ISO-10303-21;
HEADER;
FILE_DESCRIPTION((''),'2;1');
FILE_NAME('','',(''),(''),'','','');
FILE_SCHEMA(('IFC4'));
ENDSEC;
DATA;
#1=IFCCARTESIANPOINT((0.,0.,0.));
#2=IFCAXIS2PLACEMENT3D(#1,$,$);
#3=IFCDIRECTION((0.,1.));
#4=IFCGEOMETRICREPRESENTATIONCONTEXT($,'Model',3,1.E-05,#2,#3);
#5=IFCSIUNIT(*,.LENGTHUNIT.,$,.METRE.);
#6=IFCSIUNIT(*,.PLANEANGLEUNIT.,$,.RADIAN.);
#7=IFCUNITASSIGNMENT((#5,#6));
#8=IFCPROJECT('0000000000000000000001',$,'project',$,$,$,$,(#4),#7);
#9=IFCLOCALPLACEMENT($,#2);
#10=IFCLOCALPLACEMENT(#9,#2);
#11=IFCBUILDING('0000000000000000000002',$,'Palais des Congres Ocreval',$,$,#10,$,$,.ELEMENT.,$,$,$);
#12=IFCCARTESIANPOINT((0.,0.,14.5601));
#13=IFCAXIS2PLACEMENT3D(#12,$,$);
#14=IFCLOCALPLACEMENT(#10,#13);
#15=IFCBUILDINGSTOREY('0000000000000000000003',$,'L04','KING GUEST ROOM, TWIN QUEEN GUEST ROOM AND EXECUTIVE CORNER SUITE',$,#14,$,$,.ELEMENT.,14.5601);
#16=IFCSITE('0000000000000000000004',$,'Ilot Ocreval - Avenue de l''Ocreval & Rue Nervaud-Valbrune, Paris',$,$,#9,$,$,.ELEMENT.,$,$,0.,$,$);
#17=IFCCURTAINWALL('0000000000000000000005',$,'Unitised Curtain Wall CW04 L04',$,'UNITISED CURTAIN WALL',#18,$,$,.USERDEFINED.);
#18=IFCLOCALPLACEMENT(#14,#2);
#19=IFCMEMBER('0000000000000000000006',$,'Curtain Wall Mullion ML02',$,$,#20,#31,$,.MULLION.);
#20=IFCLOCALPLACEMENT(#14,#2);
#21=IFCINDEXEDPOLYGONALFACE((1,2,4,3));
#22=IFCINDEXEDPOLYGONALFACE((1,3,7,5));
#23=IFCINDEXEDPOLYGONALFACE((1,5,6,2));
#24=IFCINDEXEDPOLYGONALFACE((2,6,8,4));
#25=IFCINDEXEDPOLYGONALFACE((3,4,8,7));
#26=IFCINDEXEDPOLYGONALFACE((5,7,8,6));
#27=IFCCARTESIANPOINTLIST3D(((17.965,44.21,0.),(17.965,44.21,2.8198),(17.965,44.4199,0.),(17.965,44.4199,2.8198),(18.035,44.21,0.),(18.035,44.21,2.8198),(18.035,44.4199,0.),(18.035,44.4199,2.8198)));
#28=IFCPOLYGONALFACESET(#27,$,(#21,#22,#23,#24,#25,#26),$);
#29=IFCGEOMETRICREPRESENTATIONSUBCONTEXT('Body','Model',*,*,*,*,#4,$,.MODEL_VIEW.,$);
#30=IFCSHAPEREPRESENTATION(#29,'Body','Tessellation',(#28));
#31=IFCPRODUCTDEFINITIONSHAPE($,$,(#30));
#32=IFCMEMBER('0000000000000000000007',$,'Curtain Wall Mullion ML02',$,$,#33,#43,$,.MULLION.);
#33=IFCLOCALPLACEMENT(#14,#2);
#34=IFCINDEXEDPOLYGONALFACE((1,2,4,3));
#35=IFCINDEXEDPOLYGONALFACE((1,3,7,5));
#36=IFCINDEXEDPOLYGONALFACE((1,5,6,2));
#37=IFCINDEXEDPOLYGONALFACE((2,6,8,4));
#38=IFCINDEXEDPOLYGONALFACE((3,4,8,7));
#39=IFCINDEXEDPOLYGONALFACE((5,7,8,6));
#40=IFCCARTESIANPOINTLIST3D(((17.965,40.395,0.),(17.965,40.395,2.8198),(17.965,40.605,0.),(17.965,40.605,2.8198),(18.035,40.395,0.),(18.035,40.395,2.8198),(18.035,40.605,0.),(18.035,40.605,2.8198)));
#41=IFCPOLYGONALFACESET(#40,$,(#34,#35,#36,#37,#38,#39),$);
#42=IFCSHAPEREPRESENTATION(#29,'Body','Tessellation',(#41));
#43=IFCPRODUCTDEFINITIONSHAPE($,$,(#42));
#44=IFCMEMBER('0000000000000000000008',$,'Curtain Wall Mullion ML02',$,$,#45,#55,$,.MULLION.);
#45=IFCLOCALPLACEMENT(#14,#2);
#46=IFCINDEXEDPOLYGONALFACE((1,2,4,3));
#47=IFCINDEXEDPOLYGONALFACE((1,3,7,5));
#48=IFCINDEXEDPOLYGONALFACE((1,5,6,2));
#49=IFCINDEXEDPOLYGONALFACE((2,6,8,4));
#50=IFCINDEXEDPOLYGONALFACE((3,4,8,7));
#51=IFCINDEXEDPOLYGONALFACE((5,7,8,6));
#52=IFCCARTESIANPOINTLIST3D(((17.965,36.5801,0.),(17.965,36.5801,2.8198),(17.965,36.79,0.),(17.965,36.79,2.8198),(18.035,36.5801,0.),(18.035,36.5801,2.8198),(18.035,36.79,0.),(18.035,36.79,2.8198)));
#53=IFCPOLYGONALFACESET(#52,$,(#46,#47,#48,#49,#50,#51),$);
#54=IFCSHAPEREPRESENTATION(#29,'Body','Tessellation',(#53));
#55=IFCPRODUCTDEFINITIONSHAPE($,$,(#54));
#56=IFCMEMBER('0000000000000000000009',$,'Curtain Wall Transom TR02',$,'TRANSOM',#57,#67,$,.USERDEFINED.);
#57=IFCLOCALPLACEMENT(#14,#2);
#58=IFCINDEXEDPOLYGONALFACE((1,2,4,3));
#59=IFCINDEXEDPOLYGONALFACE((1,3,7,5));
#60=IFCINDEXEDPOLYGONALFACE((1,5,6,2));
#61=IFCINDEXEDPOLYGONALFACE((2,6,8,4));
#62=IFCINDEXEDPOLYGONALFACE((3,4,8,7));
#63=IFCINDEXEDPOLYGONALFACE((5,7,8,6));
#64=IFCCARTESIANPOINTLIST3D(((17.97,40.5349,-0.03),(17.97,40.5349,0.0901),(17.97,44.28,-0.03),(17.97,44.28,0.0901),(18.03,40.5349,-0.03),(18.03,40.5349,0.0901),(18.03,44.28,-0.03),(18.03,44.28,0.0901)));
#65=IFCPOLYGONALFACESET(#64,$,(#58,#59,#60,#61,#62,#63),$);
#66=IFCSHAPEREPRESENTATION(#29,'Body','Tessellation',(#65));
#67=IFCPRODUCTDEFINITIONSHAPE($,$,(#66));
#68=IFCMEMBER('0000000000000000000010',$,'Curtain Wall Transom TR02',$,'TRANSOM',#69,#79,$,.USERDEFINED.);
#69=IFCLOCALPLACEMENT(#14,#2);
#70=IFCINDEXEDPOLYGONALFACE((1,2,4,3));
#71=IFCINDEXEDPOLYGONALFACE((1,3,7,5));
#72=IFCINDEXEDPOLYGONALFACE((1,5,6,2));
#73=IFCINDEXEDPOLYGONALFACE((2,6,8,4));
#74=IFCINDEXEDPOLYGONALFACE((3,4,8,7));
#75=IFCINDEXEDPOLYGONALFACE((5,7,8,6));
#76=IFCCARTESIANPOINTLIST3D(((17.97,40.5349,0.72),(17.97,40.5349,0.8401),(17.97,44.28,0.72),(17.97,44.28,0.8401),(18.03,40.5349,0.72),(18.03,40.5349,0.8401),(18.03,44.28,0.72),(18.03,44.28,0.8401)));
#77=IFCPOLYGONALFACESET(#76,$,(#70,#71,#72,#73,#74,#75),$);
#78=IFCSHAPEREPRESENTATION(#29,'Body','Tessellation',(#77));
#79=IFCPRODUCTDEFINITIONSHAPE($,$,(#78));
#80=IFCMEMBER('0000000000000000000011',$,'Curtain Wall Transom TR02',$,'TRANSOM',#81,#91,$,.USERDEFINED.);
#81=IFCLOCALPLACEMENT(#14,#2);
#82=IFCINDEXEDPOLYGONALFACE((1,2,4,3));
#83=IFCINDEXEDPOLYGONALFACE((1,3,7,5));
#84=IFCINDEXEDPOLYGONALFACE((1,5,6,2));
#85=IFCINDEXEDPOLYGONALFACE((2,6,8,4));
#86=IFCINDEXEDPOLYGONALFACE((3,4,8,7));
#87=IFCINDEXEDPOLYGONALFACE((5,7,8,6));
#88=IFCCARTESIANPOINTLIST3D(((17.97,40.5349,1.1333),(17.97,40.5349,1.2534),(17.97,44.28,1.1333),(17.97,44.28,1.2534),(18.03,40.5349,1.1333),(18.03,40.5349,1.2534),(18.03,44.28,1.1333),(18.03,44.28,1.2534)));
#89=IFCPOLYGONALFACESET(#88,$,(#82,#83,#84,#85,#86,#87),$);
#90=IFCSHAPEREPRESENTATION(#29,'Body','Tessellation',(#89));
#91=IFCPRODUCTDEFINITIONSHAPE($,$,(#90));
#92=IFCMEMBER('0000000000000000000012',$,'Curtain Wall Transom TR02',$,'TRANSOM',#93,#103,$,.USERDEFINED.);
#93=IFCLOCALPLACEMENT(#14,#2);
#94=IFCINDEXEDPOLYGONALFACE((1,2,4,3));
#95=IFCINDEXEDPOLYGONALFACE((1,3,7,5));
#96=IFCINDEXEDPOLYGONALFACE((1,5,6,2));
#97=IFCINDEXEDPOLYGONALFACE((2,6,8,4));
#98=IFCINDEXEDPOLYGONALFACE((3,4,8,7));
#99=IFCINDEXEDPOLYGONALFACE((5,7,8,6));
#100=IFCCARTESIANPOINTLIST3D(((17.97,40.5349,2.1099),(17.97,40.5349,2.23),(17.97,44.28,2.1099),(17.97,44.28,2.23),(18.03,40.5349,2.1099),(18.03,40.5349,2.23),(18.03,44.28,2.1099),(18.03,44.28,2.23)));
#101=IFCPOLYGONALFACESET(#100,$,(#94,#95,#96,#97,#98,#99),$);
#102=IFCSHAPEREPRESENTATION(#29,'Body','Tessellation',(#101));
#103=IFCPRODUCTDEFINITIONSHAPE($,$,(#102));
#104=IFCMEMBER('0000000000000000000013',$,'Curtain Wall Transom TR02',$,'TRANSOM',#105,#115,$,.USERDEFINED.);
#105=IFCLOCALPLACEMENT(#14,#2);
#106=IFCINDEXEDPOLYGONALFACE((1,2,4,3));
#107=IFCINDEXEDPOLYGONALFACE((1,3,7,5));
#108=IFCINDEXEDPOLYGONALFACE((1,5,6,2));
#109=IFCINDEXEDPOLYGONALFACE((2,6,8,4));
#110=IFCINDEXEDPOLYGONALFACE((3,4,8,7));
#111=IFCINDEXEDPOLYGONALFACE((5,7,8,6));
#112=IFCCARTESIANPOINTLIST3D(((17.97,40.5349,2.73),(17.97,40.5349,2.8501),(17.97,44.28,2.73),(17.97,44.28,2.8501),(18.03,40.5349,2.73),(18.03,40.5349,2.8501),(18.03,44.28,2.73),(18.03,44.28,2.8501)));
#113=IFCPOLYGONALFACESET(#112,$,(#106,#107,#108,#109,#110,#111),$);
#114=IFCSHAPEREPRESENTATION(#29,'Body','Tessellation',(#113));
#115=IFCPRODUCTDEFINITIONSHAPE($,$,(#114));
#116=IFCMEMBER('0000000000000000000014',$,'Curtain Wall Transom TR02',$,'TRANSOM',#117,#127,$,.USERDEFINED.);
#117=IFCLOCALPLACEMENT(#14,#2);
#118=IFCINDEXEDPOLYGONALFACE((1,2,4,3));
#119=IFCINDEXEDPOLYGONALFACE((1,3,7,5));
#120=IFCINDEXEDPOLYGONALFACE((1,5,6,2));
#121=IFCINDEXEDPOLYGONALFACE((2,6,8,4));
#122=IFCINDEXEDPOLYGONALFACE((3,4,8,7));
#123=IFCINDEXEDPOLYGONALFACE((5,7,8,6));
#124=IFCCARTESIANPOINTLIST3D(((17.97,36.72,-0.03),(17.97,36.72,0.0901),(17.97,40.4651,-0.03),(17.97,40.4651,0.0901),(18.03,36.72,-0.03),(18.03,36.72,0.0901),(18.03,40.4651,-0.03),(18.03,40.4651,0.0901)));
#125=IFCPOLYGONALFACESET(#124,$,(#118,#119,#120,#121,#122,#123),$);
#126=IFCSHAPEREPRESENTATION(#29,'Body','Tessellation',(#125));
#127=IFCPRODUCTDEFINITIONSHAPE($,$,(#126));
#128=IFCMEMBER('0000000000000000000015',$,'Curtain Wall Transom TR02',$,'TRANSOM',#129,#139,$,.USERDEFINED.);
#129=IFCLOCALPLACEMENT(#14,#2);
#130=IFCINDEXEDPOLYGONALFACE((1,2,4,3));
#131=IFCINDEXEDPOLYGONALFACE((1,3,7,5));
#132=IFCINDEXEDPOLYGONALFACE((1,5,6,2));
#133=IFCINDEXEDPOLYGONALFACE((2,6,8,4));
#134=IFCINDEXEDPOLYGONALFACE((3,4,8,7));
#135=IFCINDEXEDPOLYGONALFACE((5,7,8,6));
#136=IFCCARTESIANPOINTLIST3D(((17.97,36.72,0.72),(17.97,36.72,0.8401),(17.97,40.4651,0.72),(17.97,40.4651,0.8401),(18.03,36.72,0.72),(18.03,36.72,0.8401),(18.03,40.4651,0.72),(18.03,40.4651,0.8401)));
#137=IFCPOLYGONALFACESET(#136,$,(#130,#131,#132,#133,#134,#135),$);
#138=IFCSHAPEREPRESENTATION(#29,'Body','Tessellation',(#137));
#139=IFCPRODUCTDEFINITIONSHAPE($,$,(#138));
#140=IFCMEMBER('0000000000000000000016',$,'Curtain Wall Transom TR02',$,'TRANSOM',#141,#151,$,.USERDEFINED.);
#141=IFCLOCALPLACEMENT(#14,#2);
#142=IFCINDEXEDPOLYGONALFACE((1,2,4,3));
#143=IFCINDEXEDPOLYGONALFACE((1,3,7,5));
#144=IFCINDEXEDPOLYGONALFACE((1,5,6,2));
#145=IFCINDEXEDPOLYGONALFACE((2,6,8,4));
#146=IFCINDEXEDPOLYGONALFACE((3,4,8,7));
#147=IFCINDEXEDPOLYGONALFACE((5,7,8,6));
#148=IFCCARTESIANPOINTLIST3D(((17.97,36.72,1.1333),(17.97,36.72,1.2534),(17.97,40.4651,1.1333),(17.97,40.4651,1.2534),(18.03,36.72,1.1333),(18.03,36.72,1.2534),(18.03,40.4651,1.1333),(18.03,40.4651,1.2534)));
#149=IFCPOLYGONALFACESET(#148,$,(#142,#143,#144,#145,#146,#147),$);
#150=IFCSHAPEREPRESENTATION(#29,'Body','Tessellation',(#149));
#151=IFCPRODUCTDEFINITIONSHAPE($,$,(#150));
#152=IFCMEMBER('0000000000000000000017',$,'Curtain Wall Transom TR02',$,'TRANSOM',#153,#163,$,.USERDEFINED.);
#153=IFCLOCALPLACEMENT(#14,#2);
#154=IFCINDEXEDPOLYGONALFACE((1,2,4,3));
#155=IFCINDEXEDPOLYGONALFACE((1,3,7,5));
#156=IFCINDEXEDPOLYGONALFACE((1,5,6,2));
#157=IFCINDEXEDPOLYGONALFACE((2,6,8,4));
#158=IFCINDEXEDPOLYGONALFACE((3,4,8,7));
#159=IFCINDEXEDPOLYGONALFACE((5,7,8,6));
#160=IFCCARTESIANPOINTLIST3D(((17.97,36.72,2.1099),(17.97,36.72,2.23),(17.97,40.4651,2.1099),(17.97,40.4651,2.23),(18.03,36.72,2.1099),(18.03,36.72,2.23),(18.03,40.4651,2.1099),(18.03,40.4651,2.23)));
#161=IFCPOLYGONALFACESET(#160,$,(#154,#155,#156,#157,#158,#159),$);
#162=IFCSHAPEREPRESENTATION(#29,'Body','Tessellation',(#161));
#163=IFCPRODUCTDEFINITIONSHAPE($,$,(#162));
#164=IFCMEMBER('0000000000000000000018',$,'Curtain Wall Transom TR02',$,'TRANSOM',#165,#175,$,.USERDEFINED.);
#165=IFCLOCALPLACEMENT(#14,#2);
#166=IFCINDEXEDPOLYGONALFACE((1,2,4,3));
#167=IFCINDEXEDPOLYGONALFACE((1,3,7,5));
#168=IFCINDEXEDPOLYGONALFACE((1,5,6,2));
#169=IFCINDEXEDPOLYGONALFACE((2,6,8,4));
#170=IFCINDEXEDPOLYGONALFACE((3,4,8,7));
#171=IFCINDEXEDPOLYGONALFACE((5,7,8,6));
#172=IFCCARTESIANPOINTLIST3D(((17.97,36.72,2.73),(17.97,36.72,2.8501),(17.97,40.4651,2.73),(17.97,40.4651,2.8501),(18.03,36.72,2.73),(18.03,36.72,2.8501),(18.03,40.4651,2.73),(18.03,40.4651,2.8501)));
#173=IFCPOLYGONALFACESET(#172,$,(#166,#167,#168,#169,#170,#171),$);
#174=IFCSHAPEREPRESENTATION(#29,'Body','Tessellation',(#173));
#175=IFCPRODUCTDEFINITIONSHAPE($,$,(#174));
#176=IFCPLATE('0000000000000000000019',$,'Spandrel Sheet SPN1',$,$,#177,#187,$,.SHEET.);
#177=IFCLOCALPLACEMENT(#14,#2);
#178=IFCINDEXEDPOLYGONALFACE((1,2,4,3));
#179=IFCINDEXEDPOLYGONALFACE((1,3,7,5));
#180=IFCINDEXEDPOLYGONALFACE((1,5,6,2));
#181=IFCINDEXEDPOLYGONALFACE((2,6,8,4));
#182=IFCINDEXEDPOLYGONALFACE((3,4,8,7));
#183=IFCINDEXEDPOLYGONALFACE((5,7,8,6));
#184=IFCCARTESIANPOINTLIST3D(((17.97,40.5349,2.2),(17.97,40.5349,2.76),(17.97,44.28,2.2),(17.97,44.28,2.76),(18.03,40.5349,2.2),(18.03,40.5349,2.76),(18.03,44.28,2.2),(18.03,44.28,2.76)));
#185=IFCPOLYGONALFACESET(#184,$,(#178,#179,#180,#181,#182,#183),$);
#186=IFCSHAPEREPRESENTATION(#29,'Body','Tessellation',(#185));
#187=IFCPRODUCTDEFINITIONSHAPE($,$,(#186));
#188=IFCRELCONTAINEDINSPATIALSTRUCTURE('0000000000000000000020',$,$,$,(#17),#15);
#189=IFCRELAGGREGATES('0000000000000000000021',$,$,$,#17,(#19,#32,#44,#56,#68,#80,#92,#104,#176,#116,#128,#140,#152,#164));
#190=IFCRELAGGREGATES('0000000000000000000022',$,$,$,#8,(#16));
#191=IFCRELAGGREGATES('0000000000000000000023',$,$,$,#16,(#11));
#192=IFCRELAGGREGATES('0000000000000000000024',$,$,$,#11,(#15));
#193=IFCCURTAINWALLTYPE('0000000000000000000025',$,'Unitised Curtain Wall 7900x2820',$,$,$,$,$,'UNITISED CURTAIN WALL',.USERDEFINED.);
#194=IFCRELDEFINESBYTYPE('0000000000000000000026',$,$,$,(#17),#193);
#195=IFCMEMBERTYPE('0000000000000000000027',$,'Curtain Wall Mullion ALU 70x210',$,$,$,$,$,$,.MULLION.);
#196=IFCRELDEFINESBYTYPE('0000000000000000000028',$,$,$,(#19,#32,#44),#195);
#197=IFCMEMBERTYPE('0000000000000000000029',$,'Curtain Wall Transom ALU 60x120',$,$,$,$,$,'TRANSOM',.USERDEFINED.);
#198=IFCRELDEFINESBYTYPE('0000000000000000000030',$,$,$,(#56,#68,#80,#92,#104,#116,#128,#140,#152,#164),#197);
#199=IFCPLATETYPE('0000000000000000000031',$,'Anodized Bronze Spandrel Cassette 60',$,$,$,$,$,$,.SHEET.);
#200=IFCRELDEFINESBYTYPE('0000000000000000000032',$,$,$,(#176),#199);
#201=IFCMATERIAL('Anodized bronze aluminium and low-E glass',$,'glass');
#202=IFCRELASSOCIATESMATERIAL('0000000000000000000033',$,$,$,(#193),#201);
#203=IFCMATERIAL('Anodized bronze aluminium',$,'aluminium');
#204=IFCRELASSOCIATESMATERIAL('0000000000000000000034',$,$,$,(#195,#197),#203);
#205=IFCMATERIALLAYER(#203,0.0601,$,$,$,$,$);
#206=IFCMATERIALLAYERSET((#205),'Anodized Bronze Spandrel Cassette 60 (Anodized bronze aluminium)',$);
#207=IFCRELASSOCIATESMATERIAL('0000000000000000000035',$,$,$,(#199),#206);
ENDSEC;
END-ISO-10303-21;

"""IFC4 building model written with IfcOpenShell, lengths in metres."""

from ifc_helpers import new_model, si_unit, direction, frame, origin, origin_2d, place, context, subcontext, project, spatial, rectangle, extrude, material, layer, layer_set, material_profile, profile_set, type_object, element, aggregate, save


model = new_model("IFC4")

# Units and contexts
model_context = context("Model", 3, precision=1e-05, world=origin(), true_north=direction((0.0, 1.0)))
body_context = subcontext(model_context, "Body", "Model", "MODEL_VIEW")
ifc_project = project(units=[si_unit("LENGTHUNIT", "METRE"), si_unit("PLANEANGLEUNIT", "RADIAN")], contexts=[model_context])

# Site, building, storey
site_placement = place(None, origin())
site = spatial("IfcSite", under=ifc_project, at=site_placement, Name="Ilot Ocreval - Avenue de l'Ocreval & Rue Nervaud-Valbrune, Paris", CompositionType="ELEMENT", RefElevation=0.0)
building_placement = place(site_placement, origin())
building = spatial("IfcBuilding", under=site, at=building_placement, Name="Palais des Congres Ocreval", CompositionType="ELEMENT")
storey_placement = place(building_placement, frame((0.0, 0.0, 14.5601)))
storey = spatial("IfcBuildingStorey", under=building, at=storey_placement, Name="L04", Description="KING GUEST ROOM, TWIN QUEEN GUEST ROOM AND EXECUTIVE CORNER SUITE", CompositionType="ELEMENT", Elevation=14.5601)

# Curtain wall, members, plate
ifc_material_1 = material(Name="Anodized bronze aluminium and low-E glass", Category="glass")
curtain_wall_type = type_object("IfcCurtainWallType", Name="Unitised Curtain Wall 7900x2820", ElementType="UNITISED CURTAIN WALL", PredefinedType="USERDEFINED", material=ifc_material_1)
curtain_wall_placement = place(storey_placement, origin())
curtain_wall = element("IfcCurtainWall", 1, at=curtain_wall_placement, inside=storey, type_object=curtain_wall_type, Name="Unitised Curtain Wall CW04 L04", ObjectType="UNITISED CURTAIN WALL", PredefinedType="USERDEFINED")
ifc_material_2 = material(Name="Anodized bronze aluminium", Category="aluminium")
ifc_material_profile_1 = material_profile(ifc_material_2, rectangle(XDim=0.0701, YDim=0.21, at=origin_2d()), Name="ALU 70x210")
ifc_profile_set_1 = profile_set([ifc_material_profile_1], Name="Anodized bronze aluminium")
member_type_1 = type_object("IfcMemberType", Name="Curtain Wall Mullion ALU 70x210", PredefinedType="MULLION", material=ifc_profile_set_1)
member_1_placement = place(storey_placement, frame((18.0, 44.3149, 0.0), z_axis=(0.0, 0.0, 1.0), x_axis=(1.0, 0.0, 0.0)))
member_1 = element("IfcMember", 2, at=member_1_placement, type_object=member_type_1, Name="Curtain Wall Mullion ML02", PredefinedType="MULLION", context=body_context, shape_type="SweptSolid", body=[
    extrude(rectangle(XDim=0.0701, YDim=0.21, at=origin_2d()), origin(), (0.0, 0.0, 1.0), 2.8198),
])
member_2_placement = place(storey_placement, frame((18.0, 40.5, 0.0), z_axis=(0.0, 0.0, 1.0), x_axis=(1.0, 0.0, 0.0)))
member_2 = element("IfcMember", 3, at=member_2_placement, type_object=member_type_1, Name="Curtain Wall Mullion ML02", PredefinedType="MULLION", context=body_context, shape_type="SweptSolid", body=[
    extrude(rectangle(XDim=0.0701, YDim=0.21, at=origin_2d()), origin(), (0.0, 0.0, 1.0), 2.8198),
])
member_3_placement = place(storey_placement, frame((18.0, 36.6851, 0.0), z_axis=(0.0, 0.0, 1.0), x_axis=(1.0, 0.0, 0.0)))
member_3 = element("IfcMember", 4, at=member_3_placement, type_object=member_type_1, Name="Curtain Wall Mullion ML02", PredefinedType="MULLION", context=body_context, shape_type="SweptSolid", body=[
    extrude(rectangle(XDim=0.0701, YDim=0.21, at=origin_2d()), origin(), (0.0, 0.0, 1.0), 2.8198),
])
ifc_material_profile_2 = material_profile(ifc_material_2, rectangle(XDim=0.0601, YDim=0.1201, at=origin_2d()), Name="ALU 60x120")
ifc_profile_set_2 = profile_set([ifc_material_profile_2], Name="Anodized bronze aluminium")
member_type_2 = type_object("IfcMemberType", Name="Curtain Wall Transom ALU 60x120", ElementType="TRANSOM", PredefinedType="USERDEFINED", material=ifc_profile_set_2)
member_4_placement = place(storey_placement, frame((18.0, 44.28, 0.03), z_axis=(0.0, -1.0, 0.0), x_axis=(1.0, 0.0, 0.0)))
member_4 = element("IfcMember", 5, at=member_4_placement, type_object=member_type_2, Name="Curtain Wall Transom TR02", ObjectType="TRANSOM", PredefinedType="USERDEFINED", context=body_context, shape_type="SweptSolid", body=[
    extrude(rectangle(XDim=0.0601, YDim=0.1201, at=origin_2d()), origin(), (0.0, 0.0, 1.0), 3.7451),
])
member_5_placement = place(storey_placement, frame((18.0, 44.28, 0.78), z_axis=(0.0, -1.0, 0.0), x_axis=(1.0, 0.0, 0.0)))
member_5 = element("IfcMember", 6, at=member_5_placement, type_object=member_type_2, Name="Curtain Wall Transom TR02", ObjectType="TRANSOM", PredefinedType="USERDEFINED", context=body_context, shape_type="SweptSolid", body=[
    extrude(rectangle(XDim=0.0601, YDim=0.1201, at=origin_2d()), origin(), (0.0, 0.0, 1.0), 3.7451),
])
member_6_placement = place(storey_placement, frame((18.0, 44.28, 1.1934), z_axis=(0.0, -1.0, 0.0), x_axis=(1.0, 0.0, 0.0)))
member_6 = element("IfcMember", 7, at=member_6_placement, type_object=member_type_2, Name="Curtain Wall Transom TR02", ObjectType="TRANSOM", PredefinedType="USERDEFINED", context=body_context, shape_type="SweptSolid", body=[
    extrude(rectangle(XDim=0.0601, YDim=0.1201, at=origin_2d()), origin(), (0.0, 0.0, 1.0), 3.7451),
])
member_7_placement = place(storey_placement, frame((18.0, 44.28, 2.1699), z_axis=(0.0, -1.0, 0.0), x_axis=(1.0, 0.0, 0.0)))
member_7 = element("IfcMember", 8, at=member_7_placement, type_object=member_type_2, Name="Curtain Wall Transom TR02", ObjectType="TRANSOM", PredefinedType="USERDEFINED", context=body_context, shape_type="SweptSolid", body=[
    extrude(rectangle(XDim=0.0601, YDim=0.1201, at=origin_2d()), origin(), (0.0, 0.0, 1.0), 3.7451),
])
member_8_placement = place(storey_placement, frame((18.0, 44.28, 2.79), z_axis=(0.0, -1.0, 0.0), x_axis=(1.0, 0.0, 0.0)))
member_8 = element("IfcMember", 9, at=member_8_placement, type_object=member_type_2, Name="Curtain Wall Transom TR02", ObjectType="TRANSOM", PredefinedType="USERDEFINED", context=body_context, shape_type="SweptSolid", body=[
    extrude(rectangle(XDim=0.0601, YDim=0.1201, at=origin_2d()), origin(), (0.0, 0.0, 1.0), 3.7451),
])
member_9_placement = place(storey_placement, frame((18.0, 40.4651, 0.03), z_axis=(0.0, -1.0, 0.0), x_axis=(1.0, 0.0, 0.0)))
member_9 = element("IfcMember", 10, at=member_9_placement, type_object=member_type_2, Name="Curtain Wall Transom TR02", ObjectType="TRANSOM", PredefinedType="USERDEFINED", context=body_context, shape_type="SweptSolid", body=[
    extrude(rectangle(XDim=0.0601, YDim=0.1201, at=origin_2d()), origin(), (0.0, 0.0, 1.0), 3.7451),
])
member_10_placement = place(storey_placement, frame((18.0, 40.4651, 0.78), z_axis=(0.0, -1.0, 0.0), x_axis=(1.0, 0.0, 0.0)))
member_10 = element("IfcMember", 11, at=member_10_placement, type_object=member_type_2, Name="Curtain Wall Transom TR02", ObjectType="TRANSOM", PredefinedType="USERDEFINED", context=body_context, shape_type="SweptSolid", body=[
    extrude(rectangle(XDim=0.0601, YDim=0.1201, at=origin_2d()), origin(), (0.0, 0.0, 1.0), 3.7451),
])
member_11_placement = place(storey_placement, frame((18.0, 40.4651, 1.1934), z_axis=(0.0, -1.0, 0.0), x_axis=(1.0, 0.0, 0.0)))
member_11 = element("IfcMember", 12, at=member_11_placement, type_object=member_type_2, Name="Curtain Wall Transom TR02", ObjectType="TRANSOM", PredefinedType="USERDEFINED", context=body_context, shape_type="SweptSolid", body=[
    extrude(rectangle(XDim=0.0601, YDim=0.1201, at=origin_2d()), origin(), (0.0, 0.0, 1.0), 3.7451),
])
member_12_placement = place(storey_placement, frame((18.0, 40.4651, 2.1699), z_axis=(0.0, -1.0, 0.0), x_axis=(1.0, 0.0, 0.0)))
member_12 = element("IfcMember", 13, at=member_12_placement, type_object=member_type_2, Name="Curtain Wall Transom TR02", ObjectType="TRANSOM", PredefinedType="USERDEFINED", context=body_context, shape_type="SweptSolid", body=[
    extrude(rectangle(XDim=0.0601, YDim=0.1201, at=origin_2d()), origin(), (0.0, 0.0, 1.0), 3.7451),
])
member_13_placement = place(storey_placement, frame((18.0, 40.4651, 2.79), z_axis=(0.0, -1.0, 0.0), x_axis=(1.0, 0.0, 0.0)))
member_13 = element("IfcMember", 14, at=member_13_placement, type_object=member_type_2, Name="Curtain Wall Transom TR02", ObjectType="TRANSOM", PredefinedType="USERDEFINED", context=body_context, shape_type="SweptSolid", body=[
    extrude(rectangle(XDim=0.0601, YDim=0.1201, at=origin_2d()), origin(), (0.0, 0.0, 1.0), 3.7451),
])
ifc_layer_1 = layer(ifc_material_2, 0.0601)
ifc_layer_set_1 = layer_set([ifc_layer_1], Name="Anodized Bronze Spandrel Cassette 60 (Anodized bronze aluminium)")
plate_type_1 = type_object("IfcPlateType", Name="Anodized Bronze Spandrel Cassette 60", PredefinedType="SHEET", material=ifc_layer_set_1)
plate_1_placement = place(storey_placement, frame((18.0, 42.4075, 2.2), z_axis=(0.0, 0.0, 1.0), x_axis=(0.0, -1.0, 0.0)))
plate_1 = element("IfcPlate", 15, at=plate_1_placement, type_object=plate_type_1, Name="Spandrel Sheet SPN1", PredefinedType="SHEET", context=body_context, shape_type="SweptSolid", body=[
    extrude(rectangle(XDim=3.7451, YDim=0.0601, at=origin_2d()), origin(), (0.0, 0.0, 1.0), 0.5601),
])
aggregate(curtain_wall, [member_1, member_2, member_3, member_4, member_5, member_6, member_7, member_8, plate_1, member_9, member_10, member_11, member_12, member_13])

save(model, "model.ifc")
